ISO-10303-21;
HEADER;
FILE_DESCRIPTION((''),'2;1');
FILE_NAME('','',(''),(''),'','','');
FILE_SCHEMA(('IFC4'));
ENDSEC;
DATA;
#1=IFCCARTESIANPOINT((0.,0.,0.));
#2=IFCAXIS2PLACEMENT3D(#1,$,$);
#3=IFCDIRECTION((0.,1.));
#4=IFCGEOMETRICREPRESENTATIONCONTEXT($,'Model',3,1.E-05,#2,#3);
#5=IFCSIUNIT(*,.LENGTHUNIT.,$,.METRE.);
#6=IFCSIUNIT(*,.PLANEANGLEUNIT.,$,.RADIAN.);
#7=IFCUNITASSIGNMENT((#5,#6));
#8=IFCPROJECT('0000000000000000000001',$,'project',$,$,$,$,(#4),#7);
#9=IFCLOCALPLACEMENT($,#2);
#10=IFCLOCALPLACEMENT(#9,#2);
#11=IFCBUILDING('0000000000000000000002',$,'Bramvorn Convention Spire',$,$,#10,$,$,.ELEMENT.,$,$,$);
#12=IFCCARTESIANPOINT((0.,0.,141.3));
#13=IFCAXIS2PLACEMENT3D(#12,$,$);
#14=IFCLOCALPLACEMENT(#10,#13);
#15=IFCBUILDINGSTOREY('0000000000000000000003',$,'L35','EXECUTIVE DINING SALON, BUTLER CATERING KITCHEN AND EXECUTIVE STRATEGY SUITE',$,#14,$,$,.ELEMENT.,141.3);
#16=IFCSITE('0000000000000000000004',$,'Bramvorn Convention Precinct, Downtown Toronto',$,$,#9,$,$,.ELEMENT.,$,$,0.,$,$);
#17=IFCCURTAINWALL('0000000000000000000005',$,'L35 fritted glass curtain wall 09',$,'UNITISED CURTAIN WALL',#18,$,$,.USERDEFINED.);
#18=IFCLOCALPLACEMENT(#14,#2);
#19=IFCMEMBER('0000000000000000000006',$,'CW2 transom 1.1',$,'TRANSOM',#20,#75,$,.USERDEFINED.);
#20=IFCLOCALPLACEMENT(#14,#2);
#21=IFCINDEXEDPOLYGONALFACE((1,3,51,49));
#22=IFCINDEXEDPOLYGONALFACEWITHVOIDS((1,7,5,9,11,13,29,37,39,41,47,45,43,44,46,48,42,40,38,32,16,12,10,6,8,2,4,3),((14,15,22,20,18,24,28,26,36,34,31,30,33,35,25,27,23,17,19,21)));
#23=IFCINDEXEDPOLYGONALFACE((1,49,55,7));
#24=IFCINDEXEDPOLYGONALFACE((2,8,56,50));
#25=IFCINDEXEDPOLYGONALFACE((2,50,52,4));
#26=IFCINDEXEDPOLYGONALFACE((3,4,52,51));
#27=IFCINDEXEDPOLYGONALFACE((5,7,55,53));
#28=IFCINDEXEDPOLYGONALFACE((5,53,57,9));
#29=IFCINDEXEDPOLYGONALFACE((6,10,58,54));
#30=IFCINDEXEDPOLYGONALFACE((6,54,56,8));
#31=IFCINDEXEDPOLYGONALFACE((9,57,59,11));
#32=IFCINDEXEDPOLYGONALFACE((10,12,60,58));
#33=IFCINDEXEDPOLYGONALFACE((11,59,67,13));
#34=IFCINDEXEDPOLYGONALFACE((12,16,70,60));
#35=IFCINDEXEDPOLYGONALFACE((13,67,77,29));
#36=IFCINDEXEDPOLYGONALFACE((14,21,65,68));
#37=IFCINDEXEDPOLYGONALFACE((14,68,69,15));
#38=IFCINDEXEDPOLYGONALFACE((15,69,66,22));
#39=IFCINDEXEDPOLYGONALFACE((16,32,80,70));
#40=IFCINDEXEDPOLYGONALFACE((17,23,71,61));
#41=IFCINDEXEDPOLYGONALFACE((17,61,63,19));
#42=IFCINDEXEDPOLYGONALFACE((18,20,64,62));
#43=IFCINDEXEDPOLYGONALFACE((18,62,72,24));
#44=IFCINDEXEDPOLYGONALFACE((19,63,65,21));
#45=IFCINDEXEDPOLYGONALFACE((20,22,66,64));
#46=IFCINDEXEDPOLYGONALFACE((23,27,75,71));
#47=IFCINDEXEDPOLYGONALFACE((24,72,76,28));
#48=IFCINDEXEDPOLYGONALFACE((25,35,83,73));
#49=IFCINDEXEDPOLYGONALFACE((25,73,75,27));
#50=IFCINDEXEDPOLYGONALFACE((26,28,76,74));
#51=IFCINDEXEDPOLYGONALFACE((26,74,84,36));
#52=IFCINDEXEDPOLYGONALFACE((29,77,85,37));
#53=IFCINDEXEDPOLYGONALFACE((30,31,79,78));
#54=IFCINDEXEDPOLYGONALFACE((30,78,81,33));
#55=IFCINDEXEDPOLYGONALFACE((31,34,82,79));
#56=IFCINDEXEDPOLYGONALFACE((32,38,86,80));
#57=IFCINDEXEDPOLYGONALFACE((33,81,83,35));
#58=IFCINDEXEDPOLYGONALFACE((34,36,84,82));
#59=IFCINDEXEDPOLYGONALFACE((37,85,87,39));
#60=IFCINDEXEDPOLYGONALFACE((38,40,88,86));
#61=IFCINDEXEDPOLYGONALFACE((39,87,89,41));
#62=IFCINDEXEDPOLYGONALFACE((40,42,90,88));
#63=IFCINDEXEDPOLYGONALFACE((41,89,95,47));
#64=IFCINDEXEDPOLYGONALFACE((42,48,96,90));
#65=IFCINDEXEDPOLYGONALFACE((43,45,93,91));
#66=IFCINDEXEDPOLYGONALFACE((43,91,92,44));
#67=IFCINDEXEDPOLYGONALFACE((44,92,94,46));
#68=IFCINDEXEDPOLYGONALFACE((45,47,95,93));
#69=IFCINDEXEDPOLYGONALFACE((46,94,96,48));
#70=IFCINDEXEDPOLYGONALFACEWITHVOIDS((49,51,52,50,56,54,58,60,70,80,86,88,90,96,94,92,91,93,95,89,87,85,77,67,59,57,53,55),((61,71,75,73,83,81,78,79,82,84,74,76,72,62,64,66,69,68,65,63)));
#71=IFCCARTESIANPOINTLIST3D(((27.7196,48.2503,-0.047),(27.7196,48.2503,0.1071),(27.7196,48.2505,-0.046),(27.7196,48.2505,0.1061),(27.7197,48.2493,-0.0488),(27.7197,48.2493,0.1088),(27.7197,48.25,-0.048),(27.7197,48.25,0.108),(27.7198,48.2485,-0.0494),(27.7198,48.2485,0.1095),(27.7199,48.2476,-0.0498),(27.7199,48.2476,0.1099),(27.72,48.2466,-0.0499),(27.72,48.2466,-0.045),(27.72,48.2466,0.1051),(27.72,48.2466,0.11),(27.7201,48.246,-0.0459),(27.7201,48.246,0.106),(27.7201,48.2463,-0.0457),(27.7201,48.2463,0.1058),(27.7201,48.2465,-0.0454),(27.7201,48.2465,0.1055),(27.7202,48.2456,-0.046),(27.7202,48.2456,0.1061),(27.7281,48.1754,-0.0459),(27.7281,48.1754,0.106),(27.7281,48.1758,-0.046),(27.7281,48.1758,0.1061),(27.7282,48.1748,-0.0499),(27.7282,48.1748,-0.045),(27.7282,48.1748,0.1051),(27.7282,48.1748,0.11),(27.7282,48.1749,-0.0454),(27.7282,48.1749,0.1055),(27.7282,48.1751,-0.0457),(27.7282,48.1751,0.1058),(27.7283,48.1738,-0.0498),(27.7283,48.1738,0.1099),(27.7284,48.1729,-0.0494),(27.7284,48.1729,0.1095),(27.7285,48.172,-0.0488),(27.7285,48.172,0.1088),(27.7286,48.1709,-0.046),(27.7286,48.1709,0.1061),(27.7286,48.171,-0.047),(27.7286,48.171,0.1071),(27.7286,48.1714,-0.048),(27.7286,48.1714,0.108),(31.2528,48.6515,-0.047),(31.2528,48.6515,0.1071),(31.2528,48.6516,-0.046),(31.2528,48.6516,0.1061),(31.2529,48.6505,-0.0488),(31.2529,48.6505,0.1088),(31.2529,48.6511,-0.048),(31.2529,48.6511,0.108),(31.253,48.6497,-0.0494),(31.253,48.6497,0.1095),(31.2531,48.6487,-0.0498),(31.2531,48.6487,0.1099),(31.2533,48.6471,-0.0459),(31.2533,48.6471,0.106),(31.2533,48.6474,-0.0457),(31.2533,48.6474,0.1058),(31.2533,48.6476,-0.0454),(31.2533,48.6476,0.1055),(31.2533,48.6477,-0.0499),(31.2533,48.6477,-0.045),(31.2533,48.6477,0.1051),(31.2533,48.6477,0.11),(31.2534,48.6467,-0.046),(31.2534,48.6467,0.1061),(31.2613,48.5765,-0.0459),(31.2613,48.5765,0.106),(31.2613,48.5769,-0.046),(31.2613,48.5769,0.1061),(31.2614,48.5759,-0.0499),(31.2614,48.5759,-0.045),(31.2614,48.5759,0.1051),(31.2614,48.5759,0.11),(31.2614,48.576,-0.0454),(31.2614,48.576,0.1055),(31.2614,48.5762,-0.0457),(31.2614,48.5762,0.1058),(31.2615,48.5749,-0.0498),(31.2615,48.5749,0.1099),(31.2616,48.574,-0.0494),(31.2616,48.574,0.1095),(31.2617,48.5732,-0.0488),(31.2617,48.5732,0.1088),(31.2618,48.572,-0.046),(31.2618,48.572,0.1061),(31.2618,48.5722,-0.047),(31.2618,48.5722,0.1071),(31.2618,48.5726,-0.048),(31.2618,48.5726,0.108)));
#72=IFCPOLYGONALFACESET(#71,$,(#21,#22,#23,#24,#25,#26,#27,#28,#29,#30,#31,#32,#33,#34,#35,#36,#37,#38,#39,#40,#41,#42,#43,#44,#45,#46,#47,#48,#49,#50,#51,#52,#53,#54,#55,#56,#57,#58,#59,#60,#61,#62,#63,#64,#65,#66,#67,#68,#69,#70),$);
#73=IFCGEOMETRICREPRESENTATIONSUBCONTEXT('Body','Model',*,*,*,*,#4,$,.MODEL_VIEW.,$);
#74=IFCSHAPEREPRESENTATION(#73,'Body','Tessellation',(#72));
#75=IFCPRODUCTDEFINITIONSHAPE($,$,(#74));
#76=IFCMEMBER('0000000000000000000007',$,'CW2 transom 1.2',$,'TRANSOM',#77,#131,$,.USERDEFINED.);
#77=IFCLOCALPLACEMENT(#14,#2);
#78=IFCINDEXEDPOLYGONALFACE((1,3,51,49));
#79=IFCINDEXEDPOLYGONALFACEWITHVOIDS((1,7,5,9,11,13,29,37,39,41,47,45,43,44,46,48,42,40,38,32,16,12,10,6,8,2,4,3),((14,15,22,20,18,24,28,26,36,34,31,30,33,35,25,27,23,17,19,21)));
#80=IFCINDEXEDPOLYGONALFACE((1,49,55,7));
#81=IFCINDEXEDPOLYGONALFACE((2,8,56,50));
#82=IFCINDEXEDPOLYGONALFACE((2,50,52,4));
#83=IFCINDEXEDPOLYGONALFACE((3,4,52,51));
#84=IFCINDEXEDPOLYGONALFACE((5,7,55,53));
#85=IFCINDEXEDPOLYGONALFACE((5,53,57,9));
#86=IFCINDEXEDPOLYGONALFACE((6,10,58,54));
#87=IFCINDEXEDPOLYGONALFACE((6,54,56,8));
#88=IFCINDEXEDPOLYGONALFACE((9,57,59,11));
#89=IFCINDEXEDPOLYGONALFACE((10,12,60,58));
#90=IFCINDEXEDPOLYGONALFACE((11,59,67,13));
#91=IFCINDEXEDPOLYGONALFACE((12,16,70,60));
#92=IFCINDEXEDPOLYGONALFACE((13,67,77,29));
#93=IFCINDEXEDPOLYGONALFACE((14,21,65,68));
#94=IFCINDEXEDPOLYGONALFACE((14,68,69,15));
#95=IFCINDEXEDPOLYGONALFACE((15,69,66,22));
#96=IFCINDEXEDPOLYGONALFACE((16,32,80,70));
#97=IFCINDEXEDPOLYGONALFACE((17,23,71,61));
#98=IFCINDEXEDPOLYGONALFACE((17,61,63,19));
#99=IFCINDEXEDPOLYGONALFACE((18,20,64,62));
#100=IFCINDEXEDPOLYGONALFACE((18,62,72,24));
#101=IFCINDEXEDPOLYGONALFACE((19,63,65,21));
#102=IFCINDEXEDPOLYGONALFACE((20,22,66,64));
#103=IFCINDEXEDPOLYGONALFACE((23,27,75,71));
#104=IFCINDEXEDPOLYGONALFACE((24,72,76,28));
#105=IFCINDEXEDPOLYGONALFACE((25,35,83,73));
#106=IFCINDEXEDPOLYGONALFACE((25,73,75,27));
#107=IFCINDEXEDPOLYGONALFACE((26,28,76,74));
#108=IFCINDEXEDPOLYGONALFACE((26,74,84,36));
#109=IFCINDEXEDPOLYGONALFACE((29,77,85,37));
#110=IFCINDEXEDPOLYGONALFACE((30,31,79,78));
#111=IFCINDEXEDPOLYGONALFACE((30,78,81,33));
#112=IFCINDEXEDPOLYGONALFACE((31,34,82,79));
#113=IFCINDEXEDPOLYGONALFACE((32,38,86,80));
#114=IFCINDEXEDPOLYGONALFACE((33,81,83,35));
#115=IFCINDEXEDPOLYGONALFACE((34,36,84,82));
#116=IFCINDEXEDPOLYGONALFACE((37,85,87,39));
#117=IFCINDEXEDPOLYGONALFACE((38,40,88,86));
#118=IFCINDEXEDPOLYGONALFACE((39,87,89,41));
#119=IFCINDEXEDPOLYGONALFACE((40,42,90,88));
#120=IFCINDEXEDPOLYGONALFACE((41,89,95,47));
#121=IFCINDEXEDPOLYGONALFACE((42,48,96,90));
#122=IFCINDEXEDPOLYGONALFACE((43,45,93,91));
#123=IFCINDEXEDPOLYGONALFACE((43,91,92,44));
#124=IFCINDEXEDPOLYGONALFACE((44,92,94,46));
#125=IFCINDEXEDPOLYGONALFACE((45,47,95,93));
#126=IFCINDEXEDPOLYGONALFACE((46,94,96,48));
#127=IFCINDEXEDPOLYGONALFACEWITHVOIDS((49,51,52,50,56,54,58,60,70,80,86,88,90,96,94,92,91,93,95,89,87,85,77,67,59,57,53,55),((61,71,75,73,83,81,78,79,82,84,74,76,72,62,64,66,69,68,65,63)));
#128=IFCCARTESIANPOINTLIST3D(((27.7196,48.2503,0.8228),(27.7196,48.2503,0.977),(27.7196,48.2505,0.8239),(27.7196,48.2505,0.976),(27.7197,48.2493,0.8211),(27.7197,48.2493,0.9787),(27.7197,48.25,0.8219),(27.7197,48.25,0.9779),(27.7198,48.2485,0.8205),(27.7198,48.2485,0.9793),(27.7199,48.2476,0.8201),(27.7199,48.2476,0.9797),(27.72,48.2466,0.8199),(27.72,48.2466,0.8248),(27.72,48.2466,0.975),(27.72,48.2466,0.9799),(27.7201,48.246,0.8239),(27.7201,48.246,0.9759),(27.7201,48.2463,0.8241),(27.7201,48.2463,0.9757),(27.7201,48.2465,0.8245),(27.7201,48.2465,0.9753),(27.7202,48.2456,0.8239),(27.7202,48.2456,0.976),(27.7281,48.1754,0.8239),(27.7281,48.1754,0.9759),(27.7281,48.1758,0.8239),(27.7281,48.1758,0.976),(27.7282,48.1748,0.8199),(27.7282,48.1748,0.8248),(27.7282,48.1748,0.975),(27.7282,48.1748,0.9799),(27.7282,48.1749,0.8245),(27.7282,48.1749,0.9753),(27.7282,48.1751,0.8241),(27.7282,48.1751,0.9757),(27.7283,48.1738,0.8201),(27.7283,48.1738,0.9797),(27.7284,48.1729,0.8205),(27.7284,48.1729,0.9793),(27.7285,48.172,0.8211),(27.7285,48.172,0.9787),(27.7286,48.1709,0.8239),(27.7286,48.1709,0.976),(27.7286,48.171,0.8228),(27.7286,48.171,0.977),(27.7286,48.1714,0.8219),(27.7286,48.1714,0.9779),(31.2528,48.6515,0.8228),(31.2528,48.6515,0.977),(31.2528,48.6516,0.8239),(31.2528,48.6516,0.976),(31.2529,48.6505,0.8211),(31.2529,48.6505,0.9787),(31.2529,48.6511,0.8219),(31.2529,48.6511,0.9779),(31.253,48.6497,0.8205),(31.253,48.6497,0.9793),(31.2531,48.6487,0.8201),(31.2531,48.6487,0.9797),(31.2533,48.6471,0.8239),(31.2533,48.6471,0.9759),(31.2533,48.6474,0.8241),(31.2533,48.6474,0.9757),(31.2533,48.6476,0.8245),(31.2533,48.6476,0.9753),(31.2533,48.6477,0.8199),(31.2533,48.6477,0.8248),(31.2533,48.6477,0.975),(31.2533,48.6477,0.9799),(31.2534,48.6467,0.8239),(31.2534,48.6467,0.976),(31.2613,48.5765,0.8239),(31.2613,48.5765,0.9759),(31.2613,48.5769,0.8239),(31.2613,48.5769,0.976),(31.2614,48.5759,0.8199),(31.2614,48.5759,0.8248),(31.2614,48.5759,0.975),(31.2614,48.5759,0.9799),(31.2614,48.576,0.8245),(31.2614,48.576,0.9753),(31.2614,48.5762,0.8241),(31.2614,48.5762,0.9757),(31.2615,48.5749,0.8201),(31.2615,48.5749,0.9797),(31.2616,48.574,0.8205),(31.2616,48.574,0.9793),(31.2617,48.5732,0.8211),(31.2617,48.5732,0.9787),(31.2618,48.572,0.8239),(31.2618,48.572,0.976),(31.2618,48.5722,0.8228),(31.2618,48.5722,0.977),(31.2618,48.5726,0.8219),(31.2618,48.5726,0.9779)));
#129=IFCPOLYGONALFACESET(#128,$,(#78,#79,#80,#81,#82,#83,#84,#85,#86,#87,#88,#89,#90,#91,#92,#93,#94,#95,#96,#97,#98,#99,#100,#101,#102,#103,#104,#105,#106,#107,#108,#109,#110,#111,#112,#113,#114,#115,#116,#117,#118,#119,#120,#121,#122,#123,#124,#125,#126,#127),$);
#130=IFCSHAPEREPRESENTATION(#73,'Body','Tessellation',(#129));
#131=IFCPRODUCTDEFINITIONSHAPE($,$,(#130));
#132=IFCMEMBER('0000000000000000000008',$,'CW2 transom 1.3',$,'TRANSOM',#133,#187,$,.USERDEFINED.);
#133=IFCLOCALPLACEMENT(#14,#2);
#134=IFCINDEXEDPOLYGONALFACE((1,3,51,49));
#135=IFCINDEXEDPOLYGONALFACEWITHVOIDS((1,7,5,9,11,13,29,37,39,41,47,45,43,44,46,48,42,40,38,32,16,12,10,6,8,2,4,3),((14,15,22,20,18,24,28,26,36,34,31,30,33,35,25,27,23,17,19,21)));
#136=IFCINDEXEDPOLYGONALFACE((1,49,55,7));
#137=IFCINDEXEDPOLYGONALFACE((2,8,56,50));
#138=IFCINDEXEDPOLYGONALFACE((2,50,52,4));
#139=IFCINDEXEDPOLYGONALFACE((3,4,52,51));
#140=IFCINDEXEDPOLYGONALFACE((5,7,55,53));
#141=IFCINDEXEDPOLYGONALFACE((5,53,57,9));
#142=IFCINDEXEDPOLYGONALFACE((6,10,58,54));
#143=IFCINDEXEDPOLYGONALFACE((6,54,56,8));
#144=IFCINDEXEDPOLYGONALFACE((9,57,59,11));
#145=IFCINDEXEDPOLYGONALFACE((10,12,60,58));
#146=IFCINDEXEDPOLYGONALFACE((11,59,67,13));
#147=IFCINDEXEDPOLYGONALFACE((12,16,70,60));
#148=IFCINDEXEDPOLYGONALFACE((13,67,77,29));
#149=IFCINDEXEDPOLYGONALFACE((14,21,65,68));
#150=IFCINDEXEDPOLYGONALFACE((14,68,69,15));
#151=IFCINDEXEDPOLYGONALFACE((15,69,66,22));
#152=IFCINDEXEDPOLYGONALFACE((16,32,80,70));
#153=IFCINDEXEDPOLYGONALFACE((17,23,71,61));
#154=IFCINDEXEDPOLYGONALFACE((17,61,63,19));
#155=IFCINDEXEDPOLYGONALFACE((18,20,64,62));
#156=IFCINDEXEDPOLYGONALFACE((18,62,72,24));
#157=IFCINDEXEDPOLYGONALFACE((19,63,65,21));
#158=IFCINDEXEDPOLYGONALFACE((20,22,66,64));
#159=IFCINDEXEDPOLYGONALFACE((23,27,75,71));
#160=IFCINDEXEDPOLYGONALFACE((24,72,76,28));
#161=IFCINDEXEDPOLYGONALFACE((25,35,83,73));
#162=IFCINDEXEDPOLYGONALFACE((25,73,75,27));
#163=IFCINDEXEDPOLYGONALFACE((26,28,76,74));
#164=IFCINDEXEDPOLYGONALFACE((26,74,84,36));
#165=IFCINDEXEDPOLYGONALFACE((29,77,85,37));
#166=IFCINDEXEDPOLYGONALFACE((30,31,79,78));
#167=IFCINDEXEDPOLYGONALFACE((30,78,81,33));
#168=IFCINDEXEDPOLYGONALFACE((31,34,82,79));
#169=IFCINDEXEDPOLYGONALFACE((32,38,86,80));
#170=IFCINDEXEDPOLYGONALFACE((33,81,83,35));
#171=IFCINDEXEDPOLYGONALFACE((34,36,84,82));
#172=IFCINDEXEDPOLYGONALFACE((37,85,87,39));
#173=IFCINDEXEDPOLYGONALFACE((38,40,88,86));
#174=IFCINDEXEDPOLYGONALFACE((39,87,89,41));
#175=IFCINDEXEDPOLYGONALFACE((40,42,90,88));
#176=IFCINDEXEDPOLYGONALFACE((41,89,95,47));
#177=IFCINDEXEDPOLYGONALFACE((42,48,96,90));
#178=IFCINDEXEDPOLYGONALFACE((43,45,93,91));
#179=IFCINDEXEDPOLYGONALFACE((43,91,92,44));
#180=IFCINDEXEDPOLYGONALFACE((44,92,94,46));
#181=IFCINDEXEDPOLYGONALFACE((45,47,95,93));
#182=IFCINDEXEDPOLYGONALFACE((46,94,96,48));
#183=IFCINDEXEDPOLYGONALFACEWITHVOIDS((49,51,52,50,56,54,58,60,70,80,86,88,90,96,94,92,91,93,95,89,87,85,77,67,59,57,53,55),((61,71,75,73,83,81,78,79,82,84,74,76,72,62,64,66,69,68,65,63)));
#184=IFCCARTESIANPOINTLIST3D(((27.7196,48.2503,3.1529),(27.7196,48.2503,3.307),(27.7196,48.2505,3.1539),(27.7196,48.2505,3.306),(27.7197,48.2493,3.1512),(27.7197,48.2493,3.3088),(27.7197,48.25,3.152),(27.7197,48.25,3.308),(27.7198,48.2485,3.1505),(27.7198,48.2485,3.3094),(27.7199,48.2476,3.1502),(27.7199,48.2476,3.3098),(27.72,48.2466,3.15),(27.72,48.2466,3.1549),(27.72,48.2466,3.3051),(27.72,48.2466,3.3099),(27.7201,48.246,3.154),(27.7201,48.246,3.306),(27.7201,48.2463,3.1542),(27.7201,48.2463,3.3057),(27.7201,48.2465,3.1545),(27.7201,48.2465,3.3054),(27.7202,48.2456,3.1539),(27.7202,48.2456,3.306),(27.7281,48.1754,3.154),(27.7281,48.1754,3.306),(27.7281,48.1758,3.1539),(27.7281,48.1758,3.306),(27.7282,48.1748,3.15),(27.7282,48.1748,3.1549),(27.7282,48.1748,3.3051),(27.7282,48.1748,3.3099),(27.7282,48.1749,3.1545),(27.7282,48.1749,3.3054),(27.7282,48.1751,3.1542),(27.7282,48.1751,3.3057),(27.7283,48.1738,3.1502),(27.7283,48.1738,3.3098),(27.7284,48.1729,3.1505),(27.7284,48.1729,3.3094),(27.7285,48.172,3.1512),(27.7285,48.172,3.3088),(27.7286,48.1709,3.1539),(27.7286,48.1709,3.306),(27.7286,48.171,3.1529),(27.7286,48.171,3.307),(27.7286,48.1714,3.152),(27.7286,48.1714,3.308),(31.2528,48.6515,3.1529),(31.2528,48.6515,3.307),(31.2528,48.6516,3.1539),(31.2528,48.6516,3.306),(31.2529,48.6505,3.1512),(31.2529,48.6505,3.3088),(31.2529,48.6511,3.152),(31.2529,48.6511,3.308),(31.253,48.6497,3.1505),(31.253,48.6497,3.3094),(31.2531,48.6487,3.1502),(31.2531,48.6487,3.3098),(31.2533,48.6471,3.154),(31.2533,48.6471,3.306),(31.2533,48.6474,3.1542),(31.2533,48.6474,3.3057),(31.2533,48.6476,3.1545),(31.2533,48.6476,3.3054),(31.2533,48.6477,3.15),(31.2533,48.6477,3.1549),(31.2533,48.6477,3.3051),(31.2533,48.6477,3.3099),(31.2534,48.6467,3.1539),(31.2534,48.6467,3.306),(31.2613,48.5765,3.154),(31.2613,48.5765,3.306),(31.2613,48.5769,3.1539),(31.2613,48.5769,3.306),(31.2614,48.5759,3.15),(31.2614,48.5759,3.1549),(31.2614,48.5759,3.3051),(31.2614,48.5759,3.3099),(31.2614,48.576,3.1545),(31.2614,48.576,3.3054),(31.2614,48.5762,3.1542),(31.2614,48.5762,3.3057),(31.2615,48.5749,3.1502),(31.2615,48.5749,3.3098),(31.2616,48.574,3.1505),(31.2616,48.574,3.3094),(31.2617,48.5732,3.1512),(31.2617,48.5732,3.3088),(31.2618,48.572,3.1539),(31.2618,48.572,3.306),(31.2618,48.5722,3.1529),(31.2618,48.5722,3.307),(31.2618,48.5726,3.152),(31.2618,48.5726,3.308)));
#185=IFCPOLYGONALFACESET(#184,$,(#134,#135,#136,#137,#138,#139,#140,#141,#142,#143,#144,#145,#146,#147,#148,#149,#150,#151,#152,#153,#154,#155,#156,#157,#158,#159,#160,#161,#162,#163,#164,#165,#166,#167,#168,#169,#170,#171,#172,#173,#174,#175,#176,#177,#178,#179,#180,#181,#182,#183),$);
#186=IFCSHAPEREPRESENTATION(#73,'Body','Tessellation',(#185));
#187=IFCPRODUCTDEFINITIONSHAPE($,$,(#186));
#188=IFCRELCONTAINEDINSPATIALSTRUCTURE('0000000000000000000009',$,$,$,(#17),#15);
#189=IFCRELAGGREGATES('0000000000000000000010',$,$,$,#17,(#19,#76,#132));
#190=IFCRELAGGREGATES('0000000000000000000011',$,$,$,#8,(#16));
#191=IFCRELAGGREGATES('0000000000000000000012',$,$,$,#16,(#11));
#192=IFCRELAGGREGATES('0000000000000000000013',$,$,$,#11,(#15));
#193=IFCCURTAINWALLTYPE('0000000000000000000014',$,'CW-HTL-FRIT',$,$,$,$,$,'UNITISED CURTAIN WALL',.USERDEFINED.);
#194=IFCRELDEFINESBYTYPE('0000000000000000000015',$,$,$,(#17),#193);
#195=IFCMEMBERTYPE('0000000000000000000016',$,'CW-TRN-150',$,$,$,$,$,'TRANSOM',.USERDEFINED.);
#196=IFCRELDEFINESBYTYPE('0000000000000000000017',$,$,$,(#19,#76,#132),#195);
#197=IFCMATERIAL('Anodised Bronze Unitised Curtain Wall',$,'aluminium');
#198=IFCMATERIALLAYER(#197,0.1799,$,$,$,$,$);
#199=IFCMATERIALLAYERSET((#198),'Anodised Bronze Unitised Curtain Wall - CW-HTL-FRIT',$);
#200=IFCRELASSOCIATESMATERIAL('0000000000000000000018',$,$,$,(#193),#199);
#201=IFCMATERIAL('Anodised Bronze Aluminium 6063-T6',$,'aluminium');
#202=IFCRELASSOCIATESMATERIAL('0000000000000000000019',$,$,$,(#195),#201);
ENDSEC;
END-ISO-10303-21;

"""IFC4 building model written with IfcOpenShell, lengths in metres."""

from ifc_helpers import new_model, si_unit, direction, frame, origin, origin_2d, place, context, subcontext, project, spatial, hollow_rectangle, extrude, material, layer, layer_set, material_profile, profile_set, type_object, element, aggregate, save


model = new_model("IFC4")

# Units and contexts
model_context = context("Model", 3, precision=1e-05, world=origin(), true_north=direction((0.0, 1.0)))
body_context = subcontext(model_context, "Body", "Model", "MODEL_VIEW")
ifc_project = project(units=[si_unit("LENGTHUNIT", "METRE"), si_unit("PLANEANGLEUNIT", "RADIAN")], contexts=[model_context])

# Site, building, storey
site_placement = place(None, origin())
site = spatial("IfcSite", under=ifc_project, at=site_placement, Name="Bramvorn Convention Precinct, Downtown Toronto", CompositionType="ELEMENT", RefElevation=0.0)
building_placement = place(site_placement, origin())
building = spatial("IfcBuilding", under=site, at=building_placement, Name="Bramvorn Convention Spire", CompositionType="ELEMENT")
storey_placement = place(building_placement, frame((0.0, 0.0, 141.3)))
storey = spatial("IfcBuildingStorey", under=building, at=storey_placement, Name="L35", Description="EXECUTIVE DINING SALON, BUTLER CATERING KITCHEN AND EXECUTIVE STRATEGY SUITE", CompositionType="ELEMENT", Elevation=141.3)

# Curtain wall, members
ifc_material_1 = material(Name="Anodised Bronze Unitised Curtain Wall", Category="aluminium")
ifc_layer_1 = layer(ifc_material_1, 0.1799)
ifc_layer_set_1 = layer_set([ifc_layer_1], Name="Anodised Bronze Unitised Curtain Wall - CW-HTL-FRIT")
curtain_wall_type = type_object("IfcCurtainWallType", Name="CW-HTL-FRIT", ElementType="UNITISED CURTAIN WALL", PredefinedType="USERDEFINED", material=ifc_layer_set_1)
curtain_wall_placement = place(storey_placement, origin())
curtain_wall = element("IfcCurtainWall", 1, at=curtain_wall_placement, inside=storey, type_object=curtain_wall_type, Name="L35 fritted glass curtain wall 09", ObjectType="UNITISED CURTAIN WALL", PredefinedType="USERDEFINED")
ifc_material_2 = material(Name="Anodised Bronze Aluminium 6063-T6", Category="aluminium")
ifc_material_profile_1 = material_profile(ifc_material_2, hollow_rectangle(XDim=0.0801, YDim=0.1599, WallThickness=0.0039, InnerFilletRadius=0.001, OuterFilletRadius=0.0039, at=origin_2d()))
ifc_profile_set_1 = profile_set([ifc_material_profile_1], Name="Anodised Bronze Aluminium 6063-T6 - CWT80X160")
member_type_1 = type_object("IfcMemberType", Name="CW-TRN-150", ElementType="TRANSOM", PredefinedType="USERDEFINED", material=ifc_profile_set_1)
member_1_placement = place(storey_placement, frame((27.7241, 48.2107, 0.03), z_axis=(0.993617, 0.112805, 0.0), x_axis=(-0.112805, 0.993617, 0.0)))
member_1 = element("IfcMember", 2, at=member_1_placement, type_object=member_type_1, Name="CW2 transom 1.1", ObjectType="TRANSOM", PredefinedType="USERDEFINED", context=body_context, shape_type="SweptSolid", body=[
    extrude(hollow_rectangle(XDim=0.0801, YDim=0.1599, WallThickness=0.0039, InnerFilletRadius=0.001, OuterFilletRadius=0.0039, at=origin_2d()), origin(), (0.0, 0.0, 1.0), 3.5559),
])
member_2_placement = place(storey_placement, frame((27.7241, 48.2107, 0.8999), z_axis=(0.993617, 0.112805, 0.0), x_axis=(-0.112805, 0.993617, 0.0)))
member_2 = element("IfcMember", 3, at=member_2_placement, type_object=member_type_1, Name="CW2 transom 1.2", ObjectType="TRANSOM", PredefinedType="USERDEFINED", context=body_context, shape_type="SweptSolid", body=[
    extrude(hollow_rectangle(XDim=0.0801, YDim=0.1599, WallThickness=0.0039, InnerFilletRadius=0.001, OuterFilletRadius=0.0039, at=origin_2d()), origin(), (0.0, 0.0, 1.0), 3.5559),
])
member_3_placement = place(storey_placement, frame((27.7241, 48.2107, 3.23), z_axis=(0.993617, 0.112805, 0.0), x_axis=(-0.112805, 0.993617, 0.0)))
member_3 = element("IfcMember", 4, at=member_3_placement, type_object=member_type_1, Name="CW2 transom 1.3", ObjectType="TRANSOM", PredefinedType="USERDEFINED", context=body_context, shape_type="SweptSolid", body=[
    extrude(hollow_rectangle(XDim=0.0801, YDim=0.1599, WallThickness=0.0039, InnerFilletRadius=0.001, OuterFilletRadius=0.0039, at=origin_2d()), origin(), (0.0, 0.0, 1.0), 3.5559),
])
aggregate(curtain_wall, [member_1, member_2, member_3])

save(model, "model.ifc")
